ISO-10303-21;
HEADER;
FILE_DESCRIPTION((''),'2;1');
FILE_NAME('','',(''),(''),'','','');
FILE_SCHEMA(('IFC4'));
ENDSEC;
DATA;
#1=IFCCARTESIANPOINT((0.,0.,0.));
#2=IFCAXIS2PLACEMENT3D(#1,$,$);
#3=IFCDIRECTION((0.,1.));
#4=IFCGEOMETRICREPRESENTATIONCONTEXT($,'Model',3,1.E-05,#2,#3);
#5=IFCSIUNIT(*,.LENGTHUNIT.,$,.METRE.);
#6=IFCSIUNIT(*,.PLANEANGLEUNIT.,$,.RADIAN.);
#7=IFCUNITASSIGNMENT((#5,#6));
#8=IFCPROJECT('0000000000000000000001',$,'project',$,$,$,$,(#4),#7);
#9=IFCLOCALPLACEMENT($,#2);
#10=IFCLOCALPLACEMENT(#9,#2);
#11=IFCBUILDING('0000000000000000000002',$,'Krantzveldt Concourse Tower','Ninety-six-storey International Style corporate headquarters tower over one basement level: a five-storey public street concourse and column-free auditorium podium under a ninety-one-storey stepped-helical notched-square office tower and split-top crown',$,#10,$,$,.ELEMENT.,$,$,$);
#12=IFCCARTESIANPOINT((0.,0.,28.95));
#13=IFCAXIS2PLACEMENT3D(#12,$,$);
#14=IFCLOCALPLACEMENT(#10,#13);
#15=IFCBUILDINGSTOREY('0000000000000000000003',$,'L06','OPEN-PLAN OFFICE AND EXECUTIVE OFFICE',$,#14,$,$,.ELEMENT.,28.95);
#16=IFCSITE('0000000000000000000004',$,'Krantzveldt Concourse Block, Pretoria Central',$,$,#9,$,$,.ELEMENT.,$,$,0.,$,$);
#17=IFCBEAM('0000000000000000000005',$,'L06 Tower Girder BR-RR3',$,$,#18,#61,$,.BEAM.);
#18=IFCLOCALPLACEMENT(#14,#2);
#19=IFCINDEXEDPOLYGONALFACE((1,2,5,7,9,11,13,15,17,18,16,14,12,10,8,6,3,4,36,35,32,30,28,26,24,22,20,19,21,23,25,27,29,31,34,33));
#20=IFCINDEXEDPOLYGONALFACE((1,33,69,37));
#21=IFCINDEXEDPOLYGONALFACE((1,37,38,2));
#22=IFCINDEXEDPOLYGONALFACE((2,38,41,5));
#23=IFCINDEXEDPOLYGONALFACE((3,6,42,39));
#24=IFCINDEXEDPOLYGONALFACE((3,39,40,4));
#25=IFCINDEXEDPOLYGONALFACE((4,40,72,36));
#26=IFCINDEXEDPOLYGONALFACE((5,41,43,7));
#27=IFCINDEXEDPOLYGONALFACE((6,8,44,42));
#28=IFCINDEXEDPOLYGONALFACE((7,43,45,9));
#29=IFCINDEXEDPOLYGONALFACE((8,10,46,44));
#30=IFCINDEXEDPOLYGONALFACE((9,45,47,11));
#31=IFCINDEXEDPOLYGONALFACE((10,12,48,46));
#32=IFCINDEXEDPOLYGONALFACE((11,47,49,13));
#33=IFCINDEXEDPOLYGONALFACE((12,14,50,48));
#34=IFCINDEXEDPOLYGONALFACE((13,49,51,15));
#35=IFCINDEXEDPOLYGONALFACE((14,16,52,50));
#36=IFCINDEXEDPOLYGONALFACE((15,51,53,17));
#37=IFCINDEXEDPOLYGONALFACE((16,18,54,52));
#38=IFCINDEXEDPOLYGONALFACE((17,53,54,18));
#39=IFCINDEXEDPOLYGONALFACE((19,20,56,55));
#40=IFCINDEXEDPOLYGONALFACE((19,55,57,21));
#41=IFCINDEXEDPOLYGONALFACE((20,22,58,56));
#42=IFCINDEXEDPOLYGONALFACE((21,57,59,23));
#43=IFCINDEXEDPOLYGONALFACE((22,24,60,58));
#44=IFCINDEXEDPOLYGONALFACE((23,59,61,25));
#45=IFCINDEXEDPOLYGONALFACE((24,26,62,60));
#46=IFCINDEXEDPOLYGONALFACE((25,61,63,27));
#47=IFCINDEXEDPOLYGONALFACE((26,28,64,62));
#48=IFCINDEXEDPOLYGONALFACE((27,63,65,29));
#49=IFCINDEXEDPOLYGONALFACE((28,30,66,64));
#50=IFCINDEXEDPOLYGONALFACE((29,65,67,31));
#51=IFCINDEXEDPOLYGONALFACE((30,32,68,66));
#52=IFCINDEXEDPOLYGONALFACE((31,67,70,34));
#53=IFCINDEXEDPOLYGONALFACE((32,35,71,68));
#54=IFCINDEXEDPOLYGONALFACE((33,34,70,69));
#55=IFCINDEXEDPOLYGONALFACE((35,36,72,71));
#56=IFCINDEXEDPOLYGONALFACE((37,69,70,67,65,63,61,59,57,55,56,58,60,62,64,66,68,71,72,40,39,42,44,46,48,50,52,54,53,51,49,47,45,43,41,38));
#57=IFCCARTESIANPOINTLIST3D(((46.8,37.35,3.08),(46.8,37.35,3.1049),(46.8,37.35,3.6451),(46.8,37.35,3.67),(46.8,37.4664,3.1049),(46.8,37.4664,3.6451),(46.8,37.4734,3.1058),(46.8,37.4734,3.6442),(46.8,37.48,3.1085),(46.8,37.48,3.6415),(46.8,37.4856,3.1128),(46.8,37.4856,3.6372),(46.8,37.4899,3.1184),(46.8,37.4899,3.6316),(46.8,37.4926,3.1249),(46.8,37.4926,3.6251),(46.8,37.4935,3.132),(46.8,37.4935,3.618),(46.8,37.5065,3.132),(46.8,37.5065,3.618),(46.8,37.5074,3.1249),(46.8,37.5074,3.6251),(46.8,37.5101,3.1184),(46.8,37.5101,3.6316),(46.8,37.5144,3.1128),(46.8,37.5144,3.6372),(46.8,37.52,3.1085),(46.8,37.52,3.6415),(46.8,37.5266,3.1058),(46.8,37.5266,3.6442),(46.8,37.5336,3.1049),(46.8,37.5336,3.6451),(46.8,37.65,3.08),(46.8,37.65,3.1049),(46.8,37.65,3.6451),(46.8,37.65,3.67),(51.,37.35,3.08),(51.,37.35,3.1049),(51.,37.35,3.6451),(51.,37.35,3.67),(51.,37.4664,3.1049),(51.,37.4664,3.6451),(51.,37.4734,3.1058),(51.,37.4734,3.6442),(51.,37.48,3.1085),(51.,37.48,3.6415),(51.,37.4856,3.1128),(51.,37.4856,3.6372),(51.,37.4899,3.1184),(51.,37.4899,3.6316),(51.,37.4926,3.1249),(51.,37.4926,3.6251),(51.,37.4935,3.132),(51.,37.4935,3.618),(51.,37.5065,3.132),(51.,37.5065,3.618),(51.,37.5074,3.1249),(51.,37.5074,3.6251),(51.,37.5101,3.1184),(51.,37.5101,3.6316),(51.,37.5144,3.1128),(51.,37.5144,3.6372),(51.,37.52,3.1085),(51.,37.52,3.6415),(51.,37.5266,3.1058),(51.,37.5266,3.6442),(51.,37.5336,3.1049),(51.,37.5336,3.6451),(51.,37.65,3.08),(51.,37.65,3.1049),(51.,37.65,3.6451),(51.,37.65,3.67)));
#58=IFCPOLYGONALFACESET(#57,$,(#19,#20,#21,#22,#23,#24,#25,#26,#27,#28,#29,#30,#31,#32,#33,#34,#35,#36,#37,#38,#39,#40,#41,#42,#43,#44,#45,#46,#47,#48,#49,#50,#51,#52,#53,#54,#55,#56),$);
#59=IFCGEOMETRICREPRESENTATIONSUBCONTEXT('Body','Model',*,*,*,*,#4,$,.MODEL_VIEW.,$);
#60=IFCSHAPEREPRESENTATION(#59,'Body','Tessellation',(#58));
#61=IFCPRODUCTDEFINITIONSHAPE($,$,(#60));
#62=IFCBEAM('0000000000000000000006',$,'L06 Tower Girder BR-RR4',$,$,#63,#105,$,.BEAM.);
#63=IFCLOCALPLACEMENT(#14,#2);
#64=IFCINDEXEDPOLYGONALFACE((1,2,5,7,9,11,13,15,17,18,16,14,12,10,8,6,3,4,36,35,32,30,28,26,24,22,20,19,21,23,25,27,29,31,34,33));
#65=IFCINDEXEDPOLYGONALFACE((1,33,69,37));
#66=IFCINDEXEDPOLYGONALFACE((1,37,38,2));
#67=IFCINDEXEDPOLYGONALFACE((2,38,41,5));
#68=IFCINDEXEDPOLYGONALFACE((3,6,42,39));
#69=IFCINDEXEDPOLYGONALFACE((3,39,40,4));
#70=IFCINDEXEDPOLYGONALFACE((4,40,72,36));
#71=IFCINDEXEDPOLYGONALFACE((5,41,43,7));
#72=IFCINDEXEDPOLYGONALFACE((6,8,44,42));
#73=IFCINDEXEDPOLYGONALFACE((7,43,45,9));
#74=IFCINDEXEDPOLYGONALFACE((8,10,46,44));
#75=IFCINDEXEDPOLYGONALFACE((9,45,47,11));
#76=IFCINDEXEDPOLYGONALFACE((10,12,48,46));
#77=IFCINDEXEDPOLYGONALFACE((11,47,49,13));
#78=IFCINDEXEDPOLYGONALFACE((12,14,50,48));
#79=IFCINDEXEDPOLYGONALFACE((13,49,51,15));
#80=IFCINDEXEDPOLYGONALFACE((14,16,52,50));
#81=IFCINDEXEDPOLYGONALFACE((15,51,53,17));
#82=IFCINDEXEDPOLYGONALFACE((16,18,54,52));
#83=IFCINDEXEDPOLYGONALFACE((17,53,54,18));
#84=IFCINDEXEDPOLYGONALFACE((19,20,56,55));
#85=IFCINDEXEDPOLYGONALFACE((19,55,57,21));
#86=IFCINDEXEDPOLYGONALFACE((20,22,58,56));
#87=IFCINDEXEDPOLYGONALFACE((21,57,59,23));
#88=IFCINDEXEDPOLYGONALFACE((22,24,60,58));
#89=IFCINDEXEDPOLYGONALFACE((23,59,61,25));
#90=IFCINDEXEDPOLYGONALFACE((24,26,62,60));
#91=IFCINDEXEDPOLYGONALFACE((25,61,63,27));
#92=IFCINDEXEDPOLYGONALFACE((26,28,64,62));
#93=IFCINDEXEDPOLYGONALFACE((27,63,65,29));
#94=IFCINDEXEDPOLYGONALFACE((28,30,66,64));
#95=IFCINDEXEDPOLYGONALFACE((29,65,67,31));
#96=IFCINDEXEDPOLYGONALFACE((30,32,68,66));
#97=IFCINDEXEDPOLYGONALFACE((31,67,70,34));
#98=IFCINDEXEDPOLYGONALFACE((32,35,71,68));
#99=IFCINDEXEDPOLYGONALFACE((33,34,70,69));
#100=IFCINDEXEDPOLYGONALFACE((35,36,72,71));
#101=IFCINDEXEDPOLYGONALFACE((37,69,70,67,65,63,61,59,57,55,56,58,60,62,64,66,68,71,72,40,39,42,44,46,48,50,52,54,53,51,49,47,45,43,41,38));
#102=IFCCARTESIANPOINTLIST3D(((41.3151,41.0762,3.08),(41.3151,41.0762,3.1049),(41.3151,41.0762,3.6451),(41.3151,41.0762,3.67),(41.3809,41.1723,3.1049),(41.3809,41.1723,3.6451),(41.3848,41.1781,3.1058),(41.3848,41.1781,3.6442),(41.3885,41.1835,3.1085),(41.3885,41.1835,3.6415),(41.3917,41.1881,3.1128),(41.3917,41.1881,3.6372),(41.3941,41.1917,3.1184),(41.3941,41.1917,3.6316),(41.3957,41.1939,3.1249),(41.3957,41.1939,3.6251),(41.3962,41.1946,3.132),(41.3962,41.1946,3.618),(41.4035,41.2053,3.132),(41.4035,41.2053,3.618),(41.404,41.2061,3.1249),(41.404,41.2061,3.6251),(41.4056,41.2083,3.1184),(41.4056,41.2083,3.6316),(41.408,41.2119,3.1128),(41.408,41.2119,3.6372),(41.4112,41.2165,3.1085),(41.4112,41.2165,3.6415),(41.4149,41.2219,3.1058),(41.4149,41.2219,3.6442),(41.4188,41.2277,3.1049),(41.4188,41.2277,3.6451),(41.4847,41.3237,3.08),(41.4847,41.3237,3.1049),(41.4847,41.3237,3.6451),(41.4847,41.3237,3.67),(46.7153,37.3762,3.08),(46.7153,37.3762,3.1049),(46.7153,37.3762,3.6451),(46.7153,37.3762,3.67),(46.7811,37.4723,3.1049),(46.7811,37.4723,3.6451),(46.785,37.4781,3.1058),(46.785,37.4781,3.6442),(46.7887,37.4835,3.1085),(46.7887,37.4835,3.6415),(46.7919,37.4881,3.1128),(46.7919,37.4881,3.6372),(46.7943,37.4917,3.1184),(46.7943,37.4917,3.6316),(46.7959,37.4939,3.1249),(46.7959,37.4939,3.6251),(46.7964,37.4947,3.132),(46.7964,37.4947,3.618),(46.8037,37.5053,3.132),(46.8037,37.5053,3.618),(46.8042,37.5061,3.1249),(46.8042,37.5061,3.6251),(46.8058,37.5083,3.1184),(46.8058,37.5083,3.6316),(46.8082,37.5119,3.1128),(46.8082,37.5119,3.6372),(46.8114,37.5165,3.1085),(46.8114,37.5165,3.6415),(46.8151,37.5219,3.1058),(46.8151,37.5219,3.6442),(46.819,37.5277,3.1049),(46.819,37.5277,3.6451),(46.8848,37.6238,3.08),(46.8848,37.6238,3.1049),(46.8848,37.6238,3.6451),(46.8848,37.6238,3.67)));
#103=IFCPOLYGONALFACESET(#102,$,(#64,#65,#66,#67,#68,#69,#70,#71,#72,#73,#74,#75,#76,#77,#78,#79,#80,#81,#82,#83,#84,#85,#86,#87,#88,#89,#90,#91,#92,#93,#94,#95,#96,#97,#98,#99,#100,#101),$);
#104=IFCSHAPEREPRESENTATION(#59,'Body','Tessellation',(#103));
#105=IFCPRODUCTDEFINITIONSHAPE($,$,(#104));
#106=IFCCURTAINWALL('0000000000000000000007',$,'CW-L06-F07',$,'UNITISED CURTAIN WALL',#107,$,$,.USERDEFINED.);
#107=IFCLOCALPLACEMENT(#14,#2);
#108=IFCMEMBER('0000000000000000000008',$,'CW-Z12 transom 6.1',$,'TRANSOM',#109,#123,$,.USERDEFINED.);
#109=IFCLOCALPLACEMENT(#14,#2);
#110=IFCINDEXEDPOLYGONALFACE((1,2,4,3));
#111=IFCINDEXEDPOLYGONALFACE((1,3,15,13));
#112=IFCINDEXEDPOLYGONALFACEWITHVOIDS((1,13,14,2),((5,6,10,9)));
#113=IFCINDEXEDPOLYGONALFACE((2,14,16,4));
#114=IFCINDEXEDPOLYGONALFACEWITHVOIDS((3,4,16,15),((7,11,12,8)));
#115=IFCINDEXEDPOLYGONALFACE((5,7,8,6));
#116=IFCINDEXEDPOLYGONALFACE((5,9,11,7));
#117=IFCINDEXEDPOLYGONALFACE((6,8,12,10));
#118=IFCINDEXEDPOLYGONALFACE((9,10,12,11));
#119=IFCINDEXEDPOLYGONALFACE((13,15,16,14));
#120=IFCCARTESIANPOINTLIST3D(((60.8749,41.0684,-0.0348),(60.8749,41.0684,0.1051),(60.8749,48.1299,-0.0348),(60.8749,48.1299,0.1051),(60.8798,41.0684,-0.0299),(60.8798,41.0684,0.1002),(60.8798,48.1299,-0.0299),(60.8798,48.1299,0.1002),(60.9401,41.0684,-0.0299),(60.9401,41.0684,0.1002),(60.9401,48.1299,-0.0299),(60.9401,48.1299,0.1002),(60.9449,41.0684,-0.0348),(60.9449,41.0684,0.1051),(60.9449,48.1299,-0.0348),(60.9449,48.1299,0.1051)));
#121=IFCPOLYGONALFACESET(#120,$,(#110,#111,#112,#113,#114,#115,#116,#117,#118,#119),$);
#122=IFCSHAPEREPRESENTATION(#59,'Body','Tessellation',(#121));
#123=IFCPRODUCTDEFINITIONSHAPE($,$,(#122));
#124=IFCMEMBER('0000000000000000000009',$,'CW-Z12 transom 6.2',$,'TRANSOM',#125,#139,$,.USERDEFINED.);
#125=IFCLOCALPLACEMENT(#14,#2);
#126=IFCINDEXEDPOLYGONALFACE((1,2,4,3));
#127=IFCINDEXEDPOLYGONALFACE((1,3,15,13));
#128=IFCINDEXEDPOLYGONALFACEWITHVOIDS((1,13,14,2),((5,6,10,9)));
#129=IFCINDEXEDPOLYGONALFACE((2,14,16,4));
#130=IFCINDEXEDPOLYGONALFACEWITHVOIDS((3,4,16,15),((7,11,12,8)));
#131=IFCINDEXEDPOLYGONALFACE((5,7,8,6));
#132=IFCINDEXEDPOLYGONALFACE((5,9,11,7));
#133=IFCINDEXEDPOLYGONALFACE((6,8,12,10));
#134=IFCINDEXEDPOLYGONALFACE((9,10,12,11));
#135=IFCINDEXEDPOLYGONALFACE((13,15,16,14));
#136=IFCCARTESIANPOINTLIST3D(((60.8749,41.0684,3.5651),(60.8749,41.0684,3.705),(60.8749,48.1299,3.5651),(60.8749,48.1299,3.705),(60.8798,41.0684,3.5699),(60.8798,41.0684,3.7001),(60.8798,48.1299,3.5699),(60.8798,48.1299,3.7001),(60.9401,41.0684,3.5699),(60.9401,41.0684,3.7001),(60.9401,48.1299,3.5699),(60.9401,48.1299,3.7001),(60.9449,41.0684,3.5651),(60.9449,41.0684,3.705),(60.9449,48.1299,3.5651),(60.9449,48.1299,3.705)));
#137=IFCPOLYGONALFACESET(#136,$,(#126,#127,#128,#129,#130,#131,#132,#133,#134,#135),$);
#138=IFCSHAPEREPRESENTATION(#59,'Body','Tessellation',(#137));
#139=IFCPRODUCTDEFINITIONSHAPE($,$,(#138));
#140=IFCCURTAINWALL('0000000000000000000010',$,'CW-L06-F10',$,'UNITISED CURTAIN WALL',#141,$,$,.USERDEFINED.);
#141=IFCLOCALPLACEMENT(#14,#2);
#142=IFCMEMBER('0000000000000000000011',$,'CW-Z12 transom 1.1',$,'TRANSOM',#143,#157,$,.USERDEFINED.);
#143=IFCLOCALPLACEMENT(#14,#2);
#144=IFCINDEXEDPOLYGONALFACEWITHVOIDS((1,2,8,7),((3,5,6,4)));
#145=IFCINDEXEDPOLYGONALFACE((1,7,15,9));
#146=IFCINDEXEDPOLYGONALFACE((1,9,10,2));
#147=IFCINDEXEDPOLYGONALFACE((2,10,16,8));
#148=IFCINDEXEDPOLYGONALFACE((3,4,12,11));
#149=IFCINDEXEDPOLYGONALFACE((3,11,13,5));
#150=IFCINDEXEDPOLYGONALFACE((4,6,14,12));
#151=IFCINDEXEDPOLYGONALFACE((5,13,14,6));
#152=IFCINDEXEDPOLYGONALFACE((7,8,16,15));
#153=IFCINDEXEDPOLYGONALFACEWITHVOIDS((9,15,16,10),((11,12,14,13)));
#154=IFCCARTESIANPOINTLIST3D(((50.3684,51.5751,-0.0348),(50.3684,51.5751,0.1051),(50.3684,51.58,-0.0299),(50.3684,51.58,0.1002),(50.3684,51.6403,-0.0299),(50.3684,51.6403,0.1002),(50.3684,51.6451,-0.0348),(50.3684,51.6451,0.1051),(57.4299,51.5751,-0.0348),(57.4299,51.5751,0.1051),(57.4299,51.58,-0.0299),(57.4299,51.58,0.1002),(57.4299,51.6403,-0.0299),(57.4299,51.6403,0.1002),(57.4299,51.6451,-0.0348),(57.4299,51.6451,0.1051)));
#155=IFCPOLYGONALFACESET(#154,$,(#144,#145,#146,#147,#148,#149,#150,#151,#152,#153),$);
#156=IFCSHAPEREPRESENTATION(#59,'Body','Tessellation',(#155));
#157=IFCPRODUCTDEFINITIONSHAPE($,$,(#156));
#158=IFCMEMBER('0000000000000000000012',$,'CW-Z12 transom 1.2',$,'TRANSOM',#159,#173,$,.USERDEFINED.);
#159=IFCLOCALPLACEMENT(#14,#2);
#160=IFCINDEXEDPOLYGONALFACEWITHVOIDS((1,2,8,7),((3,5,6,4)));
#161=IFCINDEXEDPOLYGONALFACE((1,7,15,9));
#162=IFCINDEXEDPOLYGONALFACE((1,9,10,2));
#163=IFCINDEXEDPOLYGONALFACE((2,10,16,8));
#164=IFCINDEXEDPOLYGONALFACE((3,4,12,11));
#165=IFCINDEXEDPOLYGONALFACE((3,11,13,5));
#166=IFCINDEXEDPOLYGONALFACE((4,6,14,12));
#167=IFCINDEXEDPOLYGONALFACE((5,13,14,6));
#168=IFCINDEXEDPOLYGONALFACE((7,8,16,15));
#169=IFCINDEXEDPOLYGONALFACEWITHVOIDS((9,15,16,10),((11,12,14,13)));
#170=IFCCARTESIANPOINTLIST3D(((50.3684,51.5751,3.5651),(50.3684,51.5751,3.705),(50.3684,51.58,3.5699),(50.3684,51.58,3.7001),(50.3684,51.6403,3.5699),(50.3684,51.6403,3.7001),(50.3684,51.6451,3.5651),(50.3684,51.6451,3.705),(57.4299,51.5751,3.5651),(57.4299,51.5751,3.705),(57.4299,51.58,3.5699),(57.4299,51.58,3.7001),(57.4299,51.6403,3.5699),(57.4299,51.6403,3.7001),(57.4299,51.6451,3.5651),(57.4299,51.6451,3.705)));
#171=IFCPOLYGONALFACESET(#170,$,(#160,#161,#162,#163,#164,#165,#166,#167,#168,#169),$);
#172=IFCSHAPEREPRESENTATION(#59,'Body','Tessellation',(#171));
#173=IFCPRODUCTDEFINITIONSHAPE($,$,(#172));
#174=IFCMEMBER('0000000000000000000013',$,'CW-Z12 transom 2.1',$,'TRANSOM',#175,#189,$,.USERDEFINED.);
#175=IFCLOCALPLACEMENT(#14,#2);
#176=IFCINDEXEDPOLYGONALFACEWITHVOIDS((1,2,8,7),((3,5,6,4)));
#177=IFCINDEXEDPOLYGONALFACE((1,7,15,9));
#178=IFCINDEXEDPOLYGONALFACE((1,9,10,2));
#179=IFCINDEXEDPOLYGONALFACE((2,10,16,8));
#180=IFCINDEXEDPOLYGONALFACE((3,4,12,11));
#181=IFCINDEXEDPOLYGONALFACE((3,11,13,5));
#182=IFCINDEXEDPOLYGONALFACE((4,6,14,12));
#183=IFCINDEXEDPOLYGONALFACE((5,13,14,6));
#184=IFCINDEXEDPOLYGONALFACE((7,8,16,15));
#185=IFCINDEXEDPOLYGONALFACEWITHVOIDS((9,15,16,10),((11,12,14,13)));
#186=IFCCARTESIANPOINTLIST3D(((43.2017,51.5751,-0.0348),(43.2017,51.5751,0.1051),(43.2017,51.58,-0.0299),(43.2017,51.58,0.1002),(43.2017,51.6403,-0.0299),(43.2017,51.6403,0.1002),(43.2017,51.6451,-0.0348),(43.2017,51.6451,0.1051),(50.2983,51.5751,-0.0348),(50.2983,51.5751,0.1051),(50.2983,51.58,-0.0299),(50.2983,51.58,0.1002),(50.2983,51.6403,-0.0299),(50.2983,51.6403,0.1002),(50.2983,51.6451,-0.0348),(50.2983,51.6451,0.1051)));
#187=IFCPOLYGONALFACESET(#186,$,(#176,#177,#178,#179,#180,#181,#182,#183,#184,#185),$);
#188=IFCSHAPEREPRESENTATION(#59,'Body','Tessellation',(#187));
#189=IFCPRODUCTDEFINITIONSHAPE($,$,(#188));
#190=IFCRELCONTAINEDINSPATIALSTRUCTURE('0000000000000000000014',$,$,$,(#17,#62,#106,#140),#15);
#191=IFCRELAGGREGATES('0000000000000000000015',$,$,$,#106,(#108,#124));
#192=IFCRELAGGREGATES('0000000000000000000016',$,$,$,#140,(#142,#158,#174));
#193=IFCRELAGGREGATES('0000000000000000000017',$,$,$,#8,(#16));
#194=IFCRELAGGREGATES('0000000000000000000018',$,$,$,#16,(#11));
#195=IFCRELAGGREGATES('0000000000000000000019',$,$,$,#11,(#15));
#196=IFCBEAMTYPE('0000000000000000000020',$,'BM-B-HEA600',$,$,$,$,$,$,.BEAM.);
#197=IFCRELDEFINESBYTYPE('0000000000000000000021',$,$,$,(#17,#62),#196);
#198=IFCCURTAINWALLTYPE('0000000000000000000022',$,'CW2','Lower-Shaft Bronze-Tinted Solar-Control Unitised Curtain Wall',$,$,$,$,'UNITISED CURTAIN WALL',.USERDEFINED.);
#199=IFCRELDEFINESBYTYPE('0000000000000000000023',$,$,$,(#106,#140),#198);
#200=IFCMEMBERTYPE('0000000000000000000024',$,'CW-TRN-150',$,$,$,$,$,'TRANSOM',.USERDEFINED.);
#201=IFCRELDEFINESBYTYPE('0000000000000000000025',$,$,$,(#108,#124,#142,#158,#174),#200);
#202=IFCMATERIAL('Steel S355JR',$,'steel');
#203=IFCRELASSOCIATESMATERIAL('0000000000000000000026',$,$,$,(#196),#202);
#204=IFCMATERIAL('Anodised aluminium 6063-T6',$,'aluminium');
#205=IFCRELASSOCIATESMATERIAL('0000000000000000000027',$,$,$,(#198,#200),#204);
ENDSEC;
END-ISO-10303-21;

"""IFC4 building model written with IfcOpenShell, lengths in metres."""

from ifc_helpers import new_model, si_unit, direction, frame, origin, origin_2d, place, context, subcontext, project, spatial, hollow_rectangle, i_section, extrude, source, transform, mapped, material, material_profile, profile_set, type_object, type_shapes, element, aggregate, save


model = new_model("IFC4")

# Units and contexts
model_context = context("Model", 3, precision=1e-05, world=origin(), true_north=direction((0.0, 1.0)))
body_context = subcontext(model_context, "Body", "Model", "MODEL_VIEW")
ifc_project = project(units=[si_unit("LENGTHUNIT", "METRE"), si_unit("PLANEANGLEUNIT", "RADIAN")], contexts=[model_context])

# Site, building, storey
site_placement = place(None, origin())
site = spatial("IfcSite", under=ifc_project, at=site_placement, Name="Krantzveldt Concourse Block, Pretoria Central", CompositionType="ELEMENT", RefElevation=0.0)
building_placement = place(site_placement, origin())
building = spatial("IfcBuilding", under=site, at=building_placement, Name="Krantzveldt Concourse Tower", Description="Ninety-six-storey International Style corporate headquarters tower over one basement level: a five-storey public street concourse and column-free auditorium podium under a ninety-one-storey stepped-helical notched-square office tower and split-top crown", CompositionType="ELEMENT")
storey_placement = place(building_placement, frame((0.0, 0.0, 28.95)))
storey = spatial("IfcBuildingStorey", under=building, at=storey_placement, Name="L06", Description="OPEN-PLAN OFFICE AND EXECUTIVE OFFICE", CompositionType="ELEMENT", Elevation=28.95)

# Beams
ifc_material_1 = material(Name="Steel S355JR", Category="steel")
ifc_material_profile_1 = material_profile(ifc_material_1, i_section(OverallWidth=0.3, OverallDepth=0.5901, WebThickness=0.0129, FlangeThickness=0.0249, FilletRadius=0.0271, at=origin_2d()), Name="Steel S355JR", Category="steel")
ifc_profile_set_1 = profile_set([ifc_material_profile_1], Name="Steel S355JR - HEA 600")
beam_type_1 = type_object("IfcBeamType", Name="BM-B-HEA600", PredefinedType="BEAM", material=ifc_profile_set_1)
shared_shape_1 = source(origin(), body_context, "Body", "SweptSolid", [
    extrude(i_section(OverallWidth=0.3, OverallDepth=0.5901, WebThickness=0.0129, FlangeThickness=0.0249, FilletRadius=0.0271, at=origin_2d()), origin(), (0.0, 0.0, 1.0), 4.2),
])
beam_1_placement = place(storey_placement, frame((46.8, 37.5, 3.375), z_axis=(1.0, 0.0, 0.0), x_axis=(0.0, 1.0, 0.0)))
element("IfcBeam", 1, at=beam_1_placement, inside=storey, type_object=beam_type_1, Name="L06 Tower Girder BR-RR3", PredefinedType="BEAM", context=body_context, shape_type="MappedRepresentation", body=[
    mapped(shared_shape_1, transform((0.0, 0.0, 0.0), x_axis=(1.0, 0.0, 0.0), y_axis=(0.0, 1.0, 0.0), z_axis=(0.0, 0.0, 1.0), scale=1.0)),
])
shared_shape_2 = source(origin(), body_context, "Body", "SweptSolid", [
    extrude(i_section(OverallWidth=0.3, OverallDepth=0.5901, WebThickness=0.0129, FlangeThickness=0.0249, FilletRadius=0.0271, at=origin_2d()), origin(), (0.0, 0.0, 1.0), 6.5461),
])
type_shapes(beam_type_1, [shared_shape_1, shared_shape_2])
beam_2_placement = place(storey_placement, frame((46.8, 37.5, 3.375), z_axis=(-0.824943, 0.565216, 0.0), x_axis=(-0.565216, -0.824943, 0.0)))
element("IfcBeam", 2, at=beam_2_placement, inside=storey, type_object=beam_type_1, Name="L06 Tower Girder BR-RR4", PredefinedType="BEAM", context=body_context, shape_type="MappedRepresentation", body=[
    mapped(shared_shape_2, transform((0.0, 0.0, 0.0), x_axis=(1.0, 0.0, 0.0), y_axis=(0.0, 1.0, 0.0), z_axis=(0.0, 0.0, 1.0), scale=1.0)),
])

# Curtain walls, members
ifc_material_2 = material(Name="Anodised aluminium 6063-T6", Category="aluminium")
curtain_wall_type = type_object("IfcCurtainWallType", Name="CW2", Description="Lower-Shaft Bronze-Tinted Solar-Control Unitised Curtain Wall", ElementType="UNITISED CURTAIN WALL", PredefinedType="USERDEFINED", material=ifc_material_2)
curtain_wall_1_placement = place(storey_placement, origin())
curtain_wall_1 = element("IfcCurtainWall", 3, at=curtain_wall_1_placement, inside=storey, type_object=curtain_wall_type, Name="CW-L06-F07", ObjectType="UNITISED CURTAIN WALL", PredefinedType="USERDEFINED")
ifc_material_profile_2 = material_profile(ifc_material_2, hollow_rectangle(XDim=0.0701, YDim=0.1399, WallThickness=0.0049, at=origin_2d()), Name="Anodised aluminium 6063-T6", Category="aluminium")
ifc_profile_set_2 = profile_set([ifc_material_profile_2], Name="Anodised aluminium 6063-T6 - ALU-TRAN 140x70x5")
member_type_1 = type_object("IfcMemberType", Name="CW-TRN-150", ElementType="TRANSOM", PredefinedType="USERDEFINED", material=ifc_profile_set_2)
shared_shape_3 = source(origin(), body_context, "Body", "SweptSolid", [
    extrude(hollow_rectangle(XDim=0.0701, YDim=0.1399, WallThickness=0.0049, at=origin_2d()), origin(), (0.0, 0.0, 1.0), 7.0615),
])
member_1_placement = place(storey_placement, frame((60.9099, 41.0684, 0.0352), z_axis=(0.0, 1.0, 0.0), x_axis=(-1.0, 0.0, 0.0)))
member_1 = element("IfcMember", 4, at=member_1_placement, type_object=member_type_1, Name="CW-Z12 transom 6.1", ObjectType="TRANSOM", PredefinedType="USERDEFINED", context=body_context, shape_type="MappedRepresentation", body=[
    mapped(shared_shape_3, transform((0.0, 0.0, 0.0), x_axis=(1.0, 0.0, 0.0), y_axis=(0.0, 1.0, 0.0), z_axis=(0.0, 0.0, 1.0), scale=1.0)),
])
member_2_placement = place(storey_placement, frame((60.9099, 41.0684, 3.635), z_axis=(0.0, 1.0, 0.0), x_axis=(-1.0, 0.0, 0.0)))
member_2 = element("IfcMember", 5, at=member_2_placement, type_object=member_type_1, Name="CW-Z12 transom 6.2", ObjectType="TRANSOM", PredefinedType="USERDEFINED", context=body_context, shape_type="MappedRepresentation", body=[
    mapped(shared_shape_3, transform((0.0, 0.0, 0.0), x_axis=(1.0, 0.0, 0.0), y_axis=(0.0, 1.0, 0.0), z_axis=(0.0, 0.0, 1.0), scale=1.0)),
])
curtain_wall_2_placement = place(storey_placement, origin())
curtain_wall_2 = element("IfcCurtainWall", 6, at=curtain_wall_2_placement, inside=storey, type_object=curtain_wall_type, Name="CW-L06-F10", ObjectType="UNITISED CURTAIN WALL", PredefinedType="USERDEFINED")
member_3_placement = place(storey_placement, frame((57.4299, 51.6101, 0.0352), z_axis=(-1.0, 0.0, 0.0), x_axis=(0.0, -1.0, 0.0)))
member_3 = element("IfcMember", 7, at=member_3_placement, type_object=member_type_1, Name="CW-Z12 transom 1.1", ObjectType="TRANSOM", PredefinedType="USERDEFINED", context=body_context, shape_type="MappedRepresentation", body=[
    mapped(shared_shape_3, transform((0.0, 0.0, 0.0), x_axis=(1.0, 0.0, 0.0), y_axis=(0.0, 1.0, 0.0), z_axis=(0.0, 0.0, 1.0), scale=1.0)),
])
member_4_placement = place(storey_placement, frame((57.4299, 51.6101, 3.635), z_axis=(-1.0, 0.0, 0.0), x_axis=(0.0, -1.0, 0.0)))
member_4 = element("IfcMember", 8, at=member_4_placement, type_object=member_type_1, Name="CW-Z12 transom 1.2", ObjectType="TRANSOM", PredefinedType="USERDEFINED", context=body_context, shape_type="MappedRepresentation", body=[
    mapped(shared_shape_3, transform((0.0, 0.0, 0.0), x_axis=(1.0, 0.0, 0.0), y_axis=(0.0, 1.0, 0.0), z_axis=(0.0, 0.0, 1.0), scale=1.0)),
])
shared_shape_4 = source(origin(), body_context, "Body", "SweptSolid", [
    extrude(hollow_rectangle(XDim=0.0701, YDim=0.1399, WallThickness=0.0049, at=origin_2d()), origin(), (0.0, 0.0, 1.0), 7.0967),
])
type_shapes(member_type_1, [shared_shape_3, shared_shape_4])
member_5_placement = place(storey_placement, frame((50.2983, 51.6101, 0.0352), z_axis=(-1.0, 0.0, 0.0), x_axis=(0.0, -1.0, 0.0)))
member_5 = element("IfcMember", 9, at=member_5_placement, type_object=member_type_1, Name="CW-Z12 transom 2.1", ObjectType="TRANSOM", PredefinedType="USERDEFINED", context=body_context, shape_type="MappedRepresentation", body=[
    mapped(shared_shape_4, transform((0.0, 0.0, 0.0), x_axis=(1.0, 0.0, 0.0), y_axis=(0.0, 1.0, 0.0), z_axis=(0.0, 0.0, 1.0), scale=1.0)),
])

aggregate(curtain_wall_1, [member_1, member_2])
aggregate(curtain_wall_2, [member_3, member_4, member_5])

save(model, "model.ifc")
